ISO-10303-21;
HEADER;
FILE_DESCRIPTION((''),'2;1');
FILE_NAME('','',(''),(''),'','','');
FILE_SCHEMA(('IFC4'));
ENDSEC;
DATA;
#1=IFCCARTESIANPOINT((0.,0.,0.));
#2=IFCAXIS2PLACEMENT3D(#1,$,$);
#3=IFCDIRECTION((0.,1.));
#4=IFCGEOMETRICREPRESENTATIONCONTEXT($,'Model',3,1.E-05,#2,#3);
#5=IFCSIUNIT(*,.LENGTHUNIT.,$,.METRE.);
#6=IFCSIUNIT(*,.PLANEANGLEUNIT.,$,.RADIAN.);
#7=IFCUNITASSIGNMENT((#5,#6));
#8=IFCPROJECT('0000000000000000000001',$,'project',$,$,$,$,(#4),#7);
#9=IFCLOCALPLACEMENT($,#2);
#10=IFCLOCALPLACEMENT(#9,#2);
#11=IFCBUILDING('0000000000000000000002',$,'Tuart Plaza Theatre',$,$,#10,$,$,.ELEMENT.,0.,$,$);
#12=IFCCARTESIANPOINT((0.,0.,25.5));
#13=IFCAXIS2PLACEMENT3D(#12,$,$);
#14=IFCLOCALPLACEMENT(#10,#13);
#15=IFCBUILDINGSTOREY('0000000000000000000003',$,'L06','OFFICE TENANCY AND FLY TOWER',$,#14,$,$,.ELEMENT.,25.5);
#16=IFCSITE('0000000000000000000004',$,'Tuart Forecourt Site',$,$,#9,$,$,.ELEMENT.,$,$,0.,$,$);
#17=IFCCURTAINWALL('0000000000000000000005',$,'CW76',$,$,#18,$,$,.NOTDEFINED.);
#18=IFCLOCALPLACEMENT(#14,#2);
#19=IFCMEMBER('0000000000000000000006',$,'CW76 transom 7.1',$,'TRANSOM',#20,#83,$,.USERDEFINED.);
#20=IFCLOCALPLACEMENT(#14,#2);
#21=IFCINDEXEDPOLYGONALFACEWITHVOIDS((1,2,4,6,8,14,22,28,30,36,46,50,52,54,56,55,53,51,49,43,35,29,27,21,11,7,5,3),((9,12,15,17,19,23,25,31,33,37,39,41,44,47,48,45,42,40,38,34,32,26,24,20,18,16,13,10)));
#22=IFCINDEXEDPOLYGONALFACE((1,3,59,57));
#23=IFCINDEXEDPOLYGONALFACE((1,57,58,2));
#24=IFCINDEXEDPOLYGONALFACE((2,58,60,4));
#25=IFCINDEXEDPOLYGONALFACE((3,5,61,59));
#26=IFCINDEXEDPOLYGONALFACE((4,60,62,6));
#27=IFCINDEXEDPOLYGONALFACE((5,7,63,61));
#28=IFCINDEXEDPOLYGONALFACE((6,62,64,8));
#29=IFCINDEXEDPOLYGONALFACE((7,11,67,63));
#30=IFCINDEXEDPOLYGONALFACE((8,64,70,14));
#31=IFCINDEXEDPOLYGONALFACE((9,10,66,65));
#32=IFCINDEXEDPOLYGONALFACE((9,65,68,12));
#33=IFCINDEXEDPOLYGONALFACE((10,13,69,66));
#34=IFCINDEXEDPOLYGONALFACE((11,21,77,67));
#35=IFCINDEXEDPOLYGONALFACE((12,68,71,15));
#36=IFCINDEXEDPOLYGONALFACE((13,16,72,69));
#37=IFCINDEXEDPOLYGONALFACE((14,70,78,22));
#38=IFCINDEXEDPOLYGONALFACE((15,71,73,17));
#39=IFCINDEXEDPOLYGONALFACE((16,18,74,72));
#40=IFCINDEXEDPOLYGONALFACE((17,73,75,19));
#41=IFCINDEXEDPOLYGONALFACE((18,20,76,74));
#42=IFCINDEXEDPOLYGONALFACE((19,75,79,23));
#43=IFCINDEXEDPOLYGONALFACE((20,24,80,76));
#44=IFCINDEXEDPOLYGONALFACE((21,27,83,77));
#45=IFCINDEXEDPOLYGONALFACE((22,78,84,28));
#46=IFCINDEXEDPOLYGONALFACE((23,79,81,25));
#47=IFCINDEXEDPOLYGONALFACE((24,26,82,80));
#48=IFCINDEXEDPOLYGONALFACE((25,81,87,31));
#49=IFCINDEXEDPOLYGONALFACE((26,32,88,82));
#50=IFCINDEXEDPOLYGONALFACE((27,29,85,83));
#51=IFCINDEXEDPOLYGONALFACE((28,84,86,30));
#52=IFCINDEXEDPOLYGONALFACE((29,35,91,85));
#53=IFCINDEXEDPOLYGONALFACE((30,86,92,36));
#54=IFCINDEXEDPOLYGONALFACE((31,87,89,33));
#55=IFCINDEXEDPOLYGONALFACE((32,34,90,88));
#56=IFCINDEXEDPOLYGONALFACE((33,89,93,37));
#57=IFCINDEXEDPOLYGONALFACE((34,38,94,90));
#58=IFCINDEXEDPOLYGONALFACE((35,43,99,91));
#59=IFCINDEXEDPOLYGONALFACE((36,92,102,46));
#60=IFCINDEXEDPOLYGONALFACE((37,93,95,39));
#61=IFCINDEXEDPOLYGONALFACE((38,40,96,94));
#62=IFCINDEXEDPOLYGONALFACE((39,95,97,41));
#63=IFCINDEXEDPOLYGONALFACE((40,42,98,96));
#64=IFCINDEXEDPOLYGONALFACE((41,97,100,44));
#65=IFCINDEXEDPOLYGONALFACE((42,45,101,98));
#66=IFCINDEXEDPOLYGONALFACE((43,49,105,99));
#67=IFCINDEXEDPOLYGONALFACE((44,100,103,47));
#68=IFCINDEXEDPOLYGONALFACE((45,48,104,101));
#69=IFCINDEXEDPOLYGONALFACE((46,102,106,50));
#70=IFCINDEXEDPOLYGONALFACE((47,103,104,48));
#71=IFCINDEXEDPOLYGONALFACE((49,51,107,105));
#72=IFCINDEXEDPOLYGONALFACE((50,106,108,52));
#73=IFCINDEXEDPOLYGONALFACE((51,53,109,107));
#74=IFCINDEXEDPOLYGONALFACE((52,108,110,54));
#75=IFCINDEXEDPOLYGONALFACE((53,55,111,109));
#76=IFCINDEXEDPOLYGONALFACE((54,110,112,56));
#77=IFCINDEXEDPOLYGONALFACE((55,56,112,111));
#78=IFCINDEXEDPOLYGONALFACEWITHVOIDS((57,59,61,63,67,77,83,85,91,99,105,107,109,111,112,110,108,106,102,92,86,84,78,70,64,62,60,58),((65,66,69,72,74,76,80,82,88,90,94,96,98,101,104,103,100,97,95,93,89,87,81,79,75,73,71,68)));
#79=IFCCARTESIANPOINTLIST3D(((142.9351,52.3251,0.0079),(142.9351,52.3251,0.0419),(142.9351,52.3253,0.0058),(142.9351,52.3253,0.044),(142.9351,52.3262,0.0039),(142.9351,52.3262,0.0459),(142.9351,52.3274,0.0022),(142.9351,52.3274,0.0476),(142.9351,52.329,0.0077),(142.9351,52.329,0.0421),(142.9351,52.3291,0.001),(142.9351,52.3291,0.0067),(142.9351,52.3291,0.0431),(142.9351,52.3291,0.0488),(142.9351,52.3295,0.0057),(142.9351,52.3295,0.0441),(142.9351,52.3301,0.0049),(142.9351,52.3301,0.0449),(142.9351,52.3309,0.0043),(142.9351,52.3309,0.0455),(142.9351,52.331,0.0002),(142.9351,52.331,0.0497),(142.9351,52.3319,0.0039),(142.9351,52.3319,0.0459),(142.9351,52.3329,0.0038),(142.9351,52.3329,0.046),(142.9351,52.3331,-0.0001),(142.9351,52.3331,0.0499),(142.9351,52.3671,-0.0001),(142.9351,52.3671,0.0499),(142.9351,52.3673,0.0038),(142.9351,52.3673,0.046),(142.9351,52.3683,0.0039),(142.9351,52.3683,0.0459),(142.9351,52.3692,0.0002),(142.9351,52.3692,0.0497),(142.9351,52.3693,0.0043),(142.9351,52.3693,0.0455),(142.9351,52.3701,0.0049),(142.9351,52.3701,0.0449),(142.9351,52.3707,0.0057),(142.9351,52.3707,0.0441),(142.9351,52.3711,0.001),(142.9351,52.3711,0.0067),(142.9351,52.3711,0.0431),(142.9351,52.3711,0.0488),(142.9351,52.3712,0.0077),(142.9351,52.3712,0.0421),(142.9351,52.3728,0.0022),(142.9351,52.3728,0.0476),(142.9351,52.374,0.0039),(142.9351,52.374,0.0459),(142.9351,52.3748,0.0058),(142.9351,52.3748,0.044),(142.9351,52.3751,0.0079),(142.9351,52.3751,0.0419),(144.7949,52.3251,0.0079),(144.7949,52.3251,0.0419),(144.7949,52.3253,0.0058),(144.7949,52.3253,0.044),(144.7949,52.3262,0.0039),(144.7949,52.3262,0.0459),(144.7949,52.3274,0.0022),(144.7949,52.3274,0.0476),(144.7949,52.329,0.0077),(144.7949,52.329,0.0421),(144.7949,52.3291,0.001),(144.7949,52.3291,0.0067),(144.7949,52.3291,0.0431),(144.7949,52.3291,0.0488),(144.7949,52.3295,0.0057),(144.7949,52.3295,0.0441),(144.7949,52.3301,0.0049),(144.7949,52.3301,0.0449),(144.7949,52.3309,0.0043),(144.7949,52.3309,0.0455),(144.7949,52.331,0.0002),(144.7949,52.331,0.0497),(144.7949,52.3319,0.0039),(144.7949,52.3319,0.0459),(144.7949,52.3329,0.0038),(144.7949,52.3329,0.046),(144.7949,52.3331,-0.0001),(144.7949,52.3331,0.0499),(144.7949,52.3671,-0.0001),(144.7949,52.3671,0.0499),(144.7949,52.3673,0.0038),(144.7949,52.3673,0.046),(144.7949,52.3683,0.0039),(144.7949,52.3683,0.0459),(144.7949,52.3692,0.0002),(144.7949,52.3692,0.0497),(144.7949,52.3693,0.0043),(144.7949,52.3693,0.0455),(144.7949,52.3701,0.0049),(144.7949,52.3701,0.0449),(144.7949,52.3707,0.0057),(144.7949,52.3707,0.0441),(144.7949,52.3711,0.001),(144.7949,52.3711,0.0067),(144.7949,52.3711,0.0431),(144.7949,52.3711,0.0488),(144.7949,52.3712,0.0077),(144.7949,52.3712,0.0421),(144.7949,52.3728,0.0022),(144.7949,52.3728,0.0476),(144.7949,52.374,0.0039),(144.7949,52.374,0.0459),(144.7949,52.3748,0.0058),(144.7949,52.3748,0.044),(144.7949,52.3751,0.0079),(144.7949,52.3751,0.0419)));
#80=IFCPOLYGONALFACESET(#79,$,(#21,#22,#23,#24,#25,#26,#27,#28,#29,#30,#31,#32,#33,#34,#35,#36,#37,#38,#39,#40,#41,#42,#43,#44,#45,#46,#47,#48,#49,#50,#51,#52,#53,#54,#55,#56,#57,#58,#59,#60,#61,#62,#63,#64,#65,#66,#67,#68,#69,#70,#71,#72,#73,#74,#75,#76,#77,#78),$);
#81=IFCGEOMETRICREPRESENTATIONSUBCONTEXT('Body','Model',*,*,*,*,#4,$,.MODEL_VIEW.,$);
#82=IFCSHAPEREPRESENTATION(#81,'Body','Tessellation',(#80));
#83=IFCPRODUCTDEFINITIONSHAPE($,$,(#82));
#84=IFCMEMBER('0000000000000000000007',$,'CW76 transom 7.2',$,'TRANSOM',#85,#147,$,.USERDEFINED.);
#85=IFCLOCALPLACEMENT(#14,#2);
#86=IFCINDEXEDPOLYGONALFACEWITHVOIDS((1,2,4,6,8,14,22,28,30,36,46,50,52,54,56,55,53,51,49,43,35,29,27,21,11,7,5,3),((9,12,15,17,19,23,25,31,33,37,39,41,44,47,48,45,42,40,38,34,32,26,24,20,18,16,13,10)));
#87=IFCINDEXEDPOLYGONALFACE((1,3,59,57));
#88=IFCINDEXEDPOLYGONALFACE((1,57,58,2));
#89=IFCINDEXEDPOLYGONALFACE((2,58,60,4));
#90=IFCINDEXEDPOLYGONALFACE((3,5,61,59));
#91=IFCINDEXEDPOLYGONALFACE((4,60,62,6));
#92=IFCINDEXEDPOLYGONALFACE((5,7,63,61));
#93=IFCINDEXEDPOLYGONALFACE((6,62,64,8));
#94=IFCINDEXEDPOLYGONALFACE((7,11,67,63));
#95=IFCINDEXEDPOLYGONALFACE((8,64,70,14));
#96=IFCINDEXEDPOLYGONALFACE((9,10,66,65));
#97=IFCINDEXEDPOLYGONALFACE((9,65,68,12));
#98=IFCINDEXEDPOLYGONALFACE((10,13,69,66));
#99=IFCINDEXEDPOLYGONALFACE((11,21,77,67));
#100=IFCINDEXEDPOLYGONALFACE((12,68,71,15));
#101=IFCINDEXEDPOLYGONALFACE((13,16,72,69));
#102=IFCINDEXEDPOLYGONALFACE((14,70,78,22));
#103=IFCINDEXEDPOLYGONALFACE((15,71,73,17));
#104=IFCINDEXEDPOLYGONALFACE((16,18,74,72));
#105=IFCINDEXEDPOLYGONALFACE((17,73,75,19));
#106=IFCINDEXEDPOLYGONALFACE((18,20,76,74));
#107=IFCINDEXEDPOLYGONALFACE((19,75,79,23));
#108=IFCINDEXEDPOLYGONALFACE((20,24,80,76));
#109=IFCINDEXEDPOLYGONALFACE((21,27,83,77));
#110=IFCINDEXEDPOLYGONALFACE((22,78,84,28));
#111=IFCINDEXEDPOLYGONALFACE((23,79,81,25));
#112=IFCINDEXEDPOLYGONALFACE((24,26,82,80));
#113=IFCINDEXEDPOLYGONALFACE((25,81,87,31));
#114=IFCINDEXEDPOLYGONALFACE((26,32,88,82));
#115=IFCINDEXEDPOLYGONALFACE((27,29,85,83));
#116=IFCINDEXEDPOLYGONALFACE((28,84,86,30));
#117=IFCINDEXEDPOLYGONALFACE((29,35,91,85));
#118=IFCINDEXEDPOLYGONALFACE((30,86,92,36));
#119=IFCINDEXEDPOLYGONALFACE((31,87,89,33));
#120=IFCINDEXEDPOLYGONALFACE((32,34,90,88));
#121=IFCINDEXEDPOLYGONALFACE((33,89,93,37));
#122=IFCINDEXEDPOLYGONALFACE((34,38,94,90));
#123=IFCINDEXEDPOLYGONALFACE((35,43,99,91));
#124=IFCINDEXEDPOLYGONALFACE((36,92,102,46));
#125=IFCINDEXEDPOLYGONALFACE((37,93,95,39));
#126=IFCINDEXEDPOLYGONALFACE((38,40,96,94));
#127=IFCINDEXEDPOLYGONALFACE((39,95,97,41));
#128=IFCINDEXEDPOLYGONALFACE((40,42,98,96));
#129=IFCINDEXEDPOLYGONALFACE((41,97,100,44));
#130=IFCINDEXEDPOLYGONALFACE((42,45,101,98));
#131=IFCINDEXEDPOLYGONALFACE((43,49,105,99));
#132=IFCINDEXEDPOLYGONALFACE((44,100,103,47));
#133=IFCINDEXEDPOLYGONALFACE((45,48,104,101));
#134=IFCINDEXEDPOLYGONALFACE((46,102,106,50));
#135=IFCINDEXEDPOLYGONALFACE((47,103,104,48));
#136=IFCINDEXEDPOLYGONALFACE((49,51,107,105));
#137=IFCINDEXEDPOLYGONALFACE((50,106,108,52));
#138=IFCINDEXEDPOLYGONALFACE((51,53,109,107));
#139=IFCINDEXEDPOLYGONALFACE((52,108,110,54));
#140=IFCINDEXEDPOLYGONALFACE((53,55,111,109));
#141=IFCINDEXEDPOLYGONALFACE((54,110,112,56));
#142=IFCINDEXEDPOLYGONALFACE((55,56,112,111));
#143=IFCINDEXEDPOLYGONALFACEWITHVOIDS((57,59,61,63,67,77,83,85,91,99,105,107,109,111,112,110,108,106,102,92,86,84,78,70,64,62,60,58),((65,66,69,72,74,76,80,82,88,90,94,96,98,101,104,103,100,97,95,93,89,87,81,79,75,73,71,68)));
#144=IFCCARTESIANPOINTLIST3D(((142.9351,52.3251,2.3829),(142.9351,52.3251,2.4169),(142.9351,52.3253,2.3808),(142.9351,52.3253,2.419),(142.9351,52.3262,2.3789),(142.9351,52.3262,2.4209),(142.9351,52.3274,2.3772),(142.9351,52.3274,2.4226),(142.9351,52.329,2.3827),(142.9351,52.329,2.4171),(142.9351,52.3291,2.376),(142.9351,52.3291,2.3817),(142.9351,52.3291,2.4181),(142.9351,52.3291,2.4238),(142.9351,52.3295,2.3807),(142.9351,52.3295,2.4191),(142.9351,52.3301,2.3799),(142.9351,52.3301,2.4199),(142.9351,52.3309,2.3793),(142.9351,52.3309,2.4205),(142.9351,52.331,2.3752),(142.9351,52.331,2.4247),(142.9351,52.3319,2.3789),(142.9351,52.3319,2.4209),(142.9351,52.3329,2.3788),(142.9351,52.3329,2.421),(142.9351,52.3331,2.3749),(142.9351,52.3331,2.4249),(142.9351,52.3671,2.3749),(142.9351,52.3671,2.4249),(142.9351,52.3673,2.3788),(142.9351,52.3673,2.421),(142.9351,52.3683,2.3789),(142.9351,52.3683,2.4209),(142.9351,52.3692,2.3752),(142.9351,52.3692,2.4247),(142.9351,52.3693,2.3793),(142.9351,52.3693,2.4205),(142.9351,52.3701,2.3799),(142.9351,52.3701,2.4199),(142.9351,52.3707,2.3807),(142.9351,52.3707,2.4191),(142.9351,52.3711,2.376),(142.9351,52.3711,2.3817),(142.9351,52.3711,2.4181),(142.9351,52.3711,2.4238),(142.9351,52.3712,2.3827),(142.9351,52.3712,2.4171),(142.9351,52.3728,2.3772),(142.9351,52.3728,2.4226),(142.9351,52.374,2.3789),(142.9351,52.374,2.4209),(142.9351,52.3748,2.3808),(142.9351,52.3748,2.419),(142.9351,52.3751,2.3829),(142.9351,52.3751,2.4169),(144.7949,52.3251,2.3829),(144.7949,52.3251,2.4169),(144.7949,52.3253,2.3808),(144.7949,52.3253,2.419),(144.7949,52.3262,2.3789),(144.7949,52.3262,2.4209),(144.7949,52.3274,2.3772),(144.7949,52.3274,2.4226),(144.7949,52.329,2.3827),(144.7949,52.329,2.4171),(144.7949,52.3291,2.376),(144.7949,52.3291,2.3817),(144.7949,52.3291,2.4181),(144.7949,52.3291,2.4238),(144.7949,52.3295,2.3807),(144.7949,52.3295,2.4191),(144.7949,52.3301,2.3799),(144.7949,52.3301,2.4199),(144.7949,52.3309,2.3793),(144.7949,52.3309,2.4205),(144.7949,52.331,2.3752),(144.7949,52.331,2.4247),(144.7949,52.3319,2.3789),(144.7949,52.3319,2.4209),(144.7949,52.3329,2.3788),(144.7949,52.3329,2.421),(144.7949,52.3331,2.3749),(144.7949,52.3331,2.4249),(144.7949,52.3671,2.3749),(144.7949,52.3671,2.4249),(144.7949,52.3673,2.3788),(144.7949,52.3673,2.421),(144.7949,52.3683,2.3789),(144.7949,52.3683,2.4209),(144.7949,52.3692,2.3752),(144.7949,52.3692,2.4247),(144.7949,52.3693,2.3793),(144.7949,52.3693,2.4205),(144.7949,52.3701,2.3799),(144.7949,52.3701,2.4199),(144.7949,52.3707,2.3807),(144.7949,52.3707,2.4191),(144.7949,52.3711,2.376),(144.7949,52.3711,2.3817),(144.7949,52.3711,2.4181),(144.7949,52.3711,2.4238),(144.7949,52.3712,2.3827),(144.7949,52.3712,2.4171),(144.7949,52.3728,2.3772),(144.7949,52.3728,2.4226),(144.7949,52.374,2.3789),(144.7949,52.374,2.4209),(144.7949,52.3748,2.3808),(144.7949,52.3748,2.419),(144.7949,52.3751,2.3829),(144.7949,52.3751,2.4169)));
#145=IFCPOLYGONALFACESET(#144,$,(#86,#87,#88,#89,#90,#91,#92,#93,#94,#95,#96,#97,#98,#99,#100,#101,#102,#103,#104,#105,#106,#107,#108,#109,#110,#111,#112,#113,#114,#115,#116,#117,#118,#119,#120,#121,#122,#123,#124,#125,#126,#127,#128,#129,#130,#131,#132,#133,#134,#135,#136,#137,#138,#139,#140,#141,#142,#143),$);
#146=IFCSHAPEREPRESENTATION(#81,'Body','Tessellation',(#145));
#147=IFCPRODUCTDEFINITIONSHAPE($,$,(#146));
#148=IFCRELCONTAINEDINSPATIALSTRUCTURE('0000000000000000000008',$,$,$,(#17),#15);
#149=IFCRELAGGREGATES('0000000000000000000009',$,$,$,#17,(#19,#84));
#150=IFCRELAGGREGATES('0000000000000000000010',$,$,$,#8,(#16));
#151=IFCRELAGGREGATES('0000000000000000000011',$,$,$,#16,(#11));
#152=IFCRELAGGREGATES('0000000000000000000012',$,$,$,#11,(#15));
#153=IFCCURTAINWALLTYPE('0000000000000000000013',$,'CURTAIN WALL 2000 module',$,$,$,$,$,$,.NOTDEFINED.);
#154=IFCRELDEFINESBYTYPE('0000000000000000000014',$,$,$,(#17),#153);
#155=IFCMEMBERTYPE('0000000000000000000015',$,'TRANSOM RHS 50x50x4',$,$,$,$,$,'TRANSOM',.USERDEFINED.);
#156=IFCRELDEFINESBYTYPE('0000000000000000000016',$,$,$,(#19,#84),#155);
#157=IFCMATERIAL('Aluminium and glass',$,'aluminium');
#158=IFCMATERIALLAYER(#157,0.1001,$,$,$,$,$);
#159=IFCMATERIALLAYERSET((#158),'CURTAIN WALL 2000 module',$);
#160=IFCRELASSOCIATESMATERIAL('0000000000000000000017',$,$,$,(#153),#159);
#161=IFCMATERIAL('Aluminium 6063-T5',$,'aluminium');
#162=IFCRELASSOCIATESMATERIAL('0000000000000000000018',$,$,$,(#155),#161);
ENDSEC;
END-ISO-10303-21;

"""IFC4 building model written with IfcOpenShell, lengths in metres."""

from ifc_helpers import new_model, si_unit, direction, frame, origin, origin_2d, place, context, subcontext, project, spatial, hollow_rectangle, extrude, material, layer, layer_set, material_profile, profile_set, type_object, element, aggregate, save


model = new_model("IFC4")

# Units and contexts
model_context = context("Model", 3, precision=1e-05, world=origin(), true_north=direction((0.0, 1.0)))
body_context = subcontext(model_context, "Body", "Model", "MODEL_VIEW")
ifc_project = project(units=[si_unit("LENGTHUNIT", "METRE"), si_unit("PLANEANGLEUNIT", "RADIAN")], contexts=[model_context])

# Site, building, storey
site_placement = place(None, origin())
site = spatial("IfcSite", under=ifc_project, at=site_placement, Name="Tuart Forecourt Site", CompositionType="ELEMENT", RefElevation=0.0)
building_placement = place(site_placement, origin())
building = spatial("IfcBuilding", under=site, at=building_placement, Name="Tuart Plaza Theatre", CompositionType="ELEMENT", ElevationOfRefHeight=0.0)
storey_placement = place(building_placement, frame((0.0, 0.0, 25.5)))
storey = spatial("IfcBuildingStorey", under=building, at=storey_placement, Name="L06", Description="OFFICE TENANCY AND FLY TOWER", CompositionType="ELEMENT", Elevation=25.5)

# Curtain wall, members
ifc_material_1 = material(Name="Aluminium and glass", Category="aluminium")
ifc_layer_1 = layer(ifc_material_1, 0.1001)
ifc_layer_set_1 = layer_set([ifc_layer_1], Name="CURTAIN WALL 2000 module")
curtain_wall_type = type_object("IfcCurtainWallType", Name="CURTAIN WALL 2000 module", PredefinedType="NOTDEFINED", material=ifc_layer_set_1)
curtain_wall_placement = place(storey_placement, origin())
curtain_wall = element("IfcCurtainWall", 1, at=curtain_wall_placement, inside=storey, type_object=curtain_wall_type, Name="CW76", PredefinedType="NOTDEFINED")
ifc_material_2 = material(Name="Aluminium 6063-T5", Category="aluminium")
ifc_material_profile_1 = material_profile(ifc_material_2, hollow_rectangle(XDim=0.05, YDim=0.05, WallThickness=0.0039, InnerFilletRadius=0.0039, OuterFilletRadius=0.0081, at=origin_2d()), Name="RHS 50x50x4")
ifc_profile_set_1 = profile_set([ifc_material_profile_1], Name="Aluminium 6063-T5")
member_type_1 = type_object("IfcMemberType", Name="TRANSOM RHS 50x50x4", ElementType="TRANSOM", PredefinedType="USERDEFINED", material=ifc_profile_set_1)
member_1_placement = place(storey_placement, frame((142.9351, 52.3501, 0.0249), z_axis=(1.0, 0.0, 0.0), x_axis=(0.0, 1.0, 0.0)))
member_1 = element("IfcMember", 2, at=member_1_placement, type_object=member_type_1, Name="CW76 transom 7.1", ObjectType="TRANSOM", PredefinedType="USERDEFINED", context=body_context, shape_type="SweptSolid", body=[
    extrude(hollow_rectangle(XDim=0.05, YDim=0.05, WallThickness=0.0039, InnerFilletRadius=0.0039, OuterFilletRadius=0.0081, at=origin_2d()), origin(), (0.0, 0.0, 1.0), 1.8599),
])
member_2_placement = place(storey_placement, frame((142.9351, 52.3501, 2.3999), z_axis=(1.0, 0.0, 0.0), x_axis=(0.0, 1.0, 0.0)))
member_2 = element("IfcMember", 3, at=member_2_placement, type_object=member_type_1, Name="CW76 transom 7.2", ObjectType="TRANSOM", PredefinedType="USERDEFINED", context=body_context, shape_type="SweptSolid", body=[
    extrude(hollow_rectangle(XDim=0.05, YDim=0.05, WallThickness=0.0039, InnerFilletRadius=0.0039, OuterFilletRadius=0.0081, at=origin_2d()), origin(), (0.0, 0.0, 1.0), 1.8599),
])
aggregate(curtain_wall, [member_1, member_2])

save(model, "model.ifc")
